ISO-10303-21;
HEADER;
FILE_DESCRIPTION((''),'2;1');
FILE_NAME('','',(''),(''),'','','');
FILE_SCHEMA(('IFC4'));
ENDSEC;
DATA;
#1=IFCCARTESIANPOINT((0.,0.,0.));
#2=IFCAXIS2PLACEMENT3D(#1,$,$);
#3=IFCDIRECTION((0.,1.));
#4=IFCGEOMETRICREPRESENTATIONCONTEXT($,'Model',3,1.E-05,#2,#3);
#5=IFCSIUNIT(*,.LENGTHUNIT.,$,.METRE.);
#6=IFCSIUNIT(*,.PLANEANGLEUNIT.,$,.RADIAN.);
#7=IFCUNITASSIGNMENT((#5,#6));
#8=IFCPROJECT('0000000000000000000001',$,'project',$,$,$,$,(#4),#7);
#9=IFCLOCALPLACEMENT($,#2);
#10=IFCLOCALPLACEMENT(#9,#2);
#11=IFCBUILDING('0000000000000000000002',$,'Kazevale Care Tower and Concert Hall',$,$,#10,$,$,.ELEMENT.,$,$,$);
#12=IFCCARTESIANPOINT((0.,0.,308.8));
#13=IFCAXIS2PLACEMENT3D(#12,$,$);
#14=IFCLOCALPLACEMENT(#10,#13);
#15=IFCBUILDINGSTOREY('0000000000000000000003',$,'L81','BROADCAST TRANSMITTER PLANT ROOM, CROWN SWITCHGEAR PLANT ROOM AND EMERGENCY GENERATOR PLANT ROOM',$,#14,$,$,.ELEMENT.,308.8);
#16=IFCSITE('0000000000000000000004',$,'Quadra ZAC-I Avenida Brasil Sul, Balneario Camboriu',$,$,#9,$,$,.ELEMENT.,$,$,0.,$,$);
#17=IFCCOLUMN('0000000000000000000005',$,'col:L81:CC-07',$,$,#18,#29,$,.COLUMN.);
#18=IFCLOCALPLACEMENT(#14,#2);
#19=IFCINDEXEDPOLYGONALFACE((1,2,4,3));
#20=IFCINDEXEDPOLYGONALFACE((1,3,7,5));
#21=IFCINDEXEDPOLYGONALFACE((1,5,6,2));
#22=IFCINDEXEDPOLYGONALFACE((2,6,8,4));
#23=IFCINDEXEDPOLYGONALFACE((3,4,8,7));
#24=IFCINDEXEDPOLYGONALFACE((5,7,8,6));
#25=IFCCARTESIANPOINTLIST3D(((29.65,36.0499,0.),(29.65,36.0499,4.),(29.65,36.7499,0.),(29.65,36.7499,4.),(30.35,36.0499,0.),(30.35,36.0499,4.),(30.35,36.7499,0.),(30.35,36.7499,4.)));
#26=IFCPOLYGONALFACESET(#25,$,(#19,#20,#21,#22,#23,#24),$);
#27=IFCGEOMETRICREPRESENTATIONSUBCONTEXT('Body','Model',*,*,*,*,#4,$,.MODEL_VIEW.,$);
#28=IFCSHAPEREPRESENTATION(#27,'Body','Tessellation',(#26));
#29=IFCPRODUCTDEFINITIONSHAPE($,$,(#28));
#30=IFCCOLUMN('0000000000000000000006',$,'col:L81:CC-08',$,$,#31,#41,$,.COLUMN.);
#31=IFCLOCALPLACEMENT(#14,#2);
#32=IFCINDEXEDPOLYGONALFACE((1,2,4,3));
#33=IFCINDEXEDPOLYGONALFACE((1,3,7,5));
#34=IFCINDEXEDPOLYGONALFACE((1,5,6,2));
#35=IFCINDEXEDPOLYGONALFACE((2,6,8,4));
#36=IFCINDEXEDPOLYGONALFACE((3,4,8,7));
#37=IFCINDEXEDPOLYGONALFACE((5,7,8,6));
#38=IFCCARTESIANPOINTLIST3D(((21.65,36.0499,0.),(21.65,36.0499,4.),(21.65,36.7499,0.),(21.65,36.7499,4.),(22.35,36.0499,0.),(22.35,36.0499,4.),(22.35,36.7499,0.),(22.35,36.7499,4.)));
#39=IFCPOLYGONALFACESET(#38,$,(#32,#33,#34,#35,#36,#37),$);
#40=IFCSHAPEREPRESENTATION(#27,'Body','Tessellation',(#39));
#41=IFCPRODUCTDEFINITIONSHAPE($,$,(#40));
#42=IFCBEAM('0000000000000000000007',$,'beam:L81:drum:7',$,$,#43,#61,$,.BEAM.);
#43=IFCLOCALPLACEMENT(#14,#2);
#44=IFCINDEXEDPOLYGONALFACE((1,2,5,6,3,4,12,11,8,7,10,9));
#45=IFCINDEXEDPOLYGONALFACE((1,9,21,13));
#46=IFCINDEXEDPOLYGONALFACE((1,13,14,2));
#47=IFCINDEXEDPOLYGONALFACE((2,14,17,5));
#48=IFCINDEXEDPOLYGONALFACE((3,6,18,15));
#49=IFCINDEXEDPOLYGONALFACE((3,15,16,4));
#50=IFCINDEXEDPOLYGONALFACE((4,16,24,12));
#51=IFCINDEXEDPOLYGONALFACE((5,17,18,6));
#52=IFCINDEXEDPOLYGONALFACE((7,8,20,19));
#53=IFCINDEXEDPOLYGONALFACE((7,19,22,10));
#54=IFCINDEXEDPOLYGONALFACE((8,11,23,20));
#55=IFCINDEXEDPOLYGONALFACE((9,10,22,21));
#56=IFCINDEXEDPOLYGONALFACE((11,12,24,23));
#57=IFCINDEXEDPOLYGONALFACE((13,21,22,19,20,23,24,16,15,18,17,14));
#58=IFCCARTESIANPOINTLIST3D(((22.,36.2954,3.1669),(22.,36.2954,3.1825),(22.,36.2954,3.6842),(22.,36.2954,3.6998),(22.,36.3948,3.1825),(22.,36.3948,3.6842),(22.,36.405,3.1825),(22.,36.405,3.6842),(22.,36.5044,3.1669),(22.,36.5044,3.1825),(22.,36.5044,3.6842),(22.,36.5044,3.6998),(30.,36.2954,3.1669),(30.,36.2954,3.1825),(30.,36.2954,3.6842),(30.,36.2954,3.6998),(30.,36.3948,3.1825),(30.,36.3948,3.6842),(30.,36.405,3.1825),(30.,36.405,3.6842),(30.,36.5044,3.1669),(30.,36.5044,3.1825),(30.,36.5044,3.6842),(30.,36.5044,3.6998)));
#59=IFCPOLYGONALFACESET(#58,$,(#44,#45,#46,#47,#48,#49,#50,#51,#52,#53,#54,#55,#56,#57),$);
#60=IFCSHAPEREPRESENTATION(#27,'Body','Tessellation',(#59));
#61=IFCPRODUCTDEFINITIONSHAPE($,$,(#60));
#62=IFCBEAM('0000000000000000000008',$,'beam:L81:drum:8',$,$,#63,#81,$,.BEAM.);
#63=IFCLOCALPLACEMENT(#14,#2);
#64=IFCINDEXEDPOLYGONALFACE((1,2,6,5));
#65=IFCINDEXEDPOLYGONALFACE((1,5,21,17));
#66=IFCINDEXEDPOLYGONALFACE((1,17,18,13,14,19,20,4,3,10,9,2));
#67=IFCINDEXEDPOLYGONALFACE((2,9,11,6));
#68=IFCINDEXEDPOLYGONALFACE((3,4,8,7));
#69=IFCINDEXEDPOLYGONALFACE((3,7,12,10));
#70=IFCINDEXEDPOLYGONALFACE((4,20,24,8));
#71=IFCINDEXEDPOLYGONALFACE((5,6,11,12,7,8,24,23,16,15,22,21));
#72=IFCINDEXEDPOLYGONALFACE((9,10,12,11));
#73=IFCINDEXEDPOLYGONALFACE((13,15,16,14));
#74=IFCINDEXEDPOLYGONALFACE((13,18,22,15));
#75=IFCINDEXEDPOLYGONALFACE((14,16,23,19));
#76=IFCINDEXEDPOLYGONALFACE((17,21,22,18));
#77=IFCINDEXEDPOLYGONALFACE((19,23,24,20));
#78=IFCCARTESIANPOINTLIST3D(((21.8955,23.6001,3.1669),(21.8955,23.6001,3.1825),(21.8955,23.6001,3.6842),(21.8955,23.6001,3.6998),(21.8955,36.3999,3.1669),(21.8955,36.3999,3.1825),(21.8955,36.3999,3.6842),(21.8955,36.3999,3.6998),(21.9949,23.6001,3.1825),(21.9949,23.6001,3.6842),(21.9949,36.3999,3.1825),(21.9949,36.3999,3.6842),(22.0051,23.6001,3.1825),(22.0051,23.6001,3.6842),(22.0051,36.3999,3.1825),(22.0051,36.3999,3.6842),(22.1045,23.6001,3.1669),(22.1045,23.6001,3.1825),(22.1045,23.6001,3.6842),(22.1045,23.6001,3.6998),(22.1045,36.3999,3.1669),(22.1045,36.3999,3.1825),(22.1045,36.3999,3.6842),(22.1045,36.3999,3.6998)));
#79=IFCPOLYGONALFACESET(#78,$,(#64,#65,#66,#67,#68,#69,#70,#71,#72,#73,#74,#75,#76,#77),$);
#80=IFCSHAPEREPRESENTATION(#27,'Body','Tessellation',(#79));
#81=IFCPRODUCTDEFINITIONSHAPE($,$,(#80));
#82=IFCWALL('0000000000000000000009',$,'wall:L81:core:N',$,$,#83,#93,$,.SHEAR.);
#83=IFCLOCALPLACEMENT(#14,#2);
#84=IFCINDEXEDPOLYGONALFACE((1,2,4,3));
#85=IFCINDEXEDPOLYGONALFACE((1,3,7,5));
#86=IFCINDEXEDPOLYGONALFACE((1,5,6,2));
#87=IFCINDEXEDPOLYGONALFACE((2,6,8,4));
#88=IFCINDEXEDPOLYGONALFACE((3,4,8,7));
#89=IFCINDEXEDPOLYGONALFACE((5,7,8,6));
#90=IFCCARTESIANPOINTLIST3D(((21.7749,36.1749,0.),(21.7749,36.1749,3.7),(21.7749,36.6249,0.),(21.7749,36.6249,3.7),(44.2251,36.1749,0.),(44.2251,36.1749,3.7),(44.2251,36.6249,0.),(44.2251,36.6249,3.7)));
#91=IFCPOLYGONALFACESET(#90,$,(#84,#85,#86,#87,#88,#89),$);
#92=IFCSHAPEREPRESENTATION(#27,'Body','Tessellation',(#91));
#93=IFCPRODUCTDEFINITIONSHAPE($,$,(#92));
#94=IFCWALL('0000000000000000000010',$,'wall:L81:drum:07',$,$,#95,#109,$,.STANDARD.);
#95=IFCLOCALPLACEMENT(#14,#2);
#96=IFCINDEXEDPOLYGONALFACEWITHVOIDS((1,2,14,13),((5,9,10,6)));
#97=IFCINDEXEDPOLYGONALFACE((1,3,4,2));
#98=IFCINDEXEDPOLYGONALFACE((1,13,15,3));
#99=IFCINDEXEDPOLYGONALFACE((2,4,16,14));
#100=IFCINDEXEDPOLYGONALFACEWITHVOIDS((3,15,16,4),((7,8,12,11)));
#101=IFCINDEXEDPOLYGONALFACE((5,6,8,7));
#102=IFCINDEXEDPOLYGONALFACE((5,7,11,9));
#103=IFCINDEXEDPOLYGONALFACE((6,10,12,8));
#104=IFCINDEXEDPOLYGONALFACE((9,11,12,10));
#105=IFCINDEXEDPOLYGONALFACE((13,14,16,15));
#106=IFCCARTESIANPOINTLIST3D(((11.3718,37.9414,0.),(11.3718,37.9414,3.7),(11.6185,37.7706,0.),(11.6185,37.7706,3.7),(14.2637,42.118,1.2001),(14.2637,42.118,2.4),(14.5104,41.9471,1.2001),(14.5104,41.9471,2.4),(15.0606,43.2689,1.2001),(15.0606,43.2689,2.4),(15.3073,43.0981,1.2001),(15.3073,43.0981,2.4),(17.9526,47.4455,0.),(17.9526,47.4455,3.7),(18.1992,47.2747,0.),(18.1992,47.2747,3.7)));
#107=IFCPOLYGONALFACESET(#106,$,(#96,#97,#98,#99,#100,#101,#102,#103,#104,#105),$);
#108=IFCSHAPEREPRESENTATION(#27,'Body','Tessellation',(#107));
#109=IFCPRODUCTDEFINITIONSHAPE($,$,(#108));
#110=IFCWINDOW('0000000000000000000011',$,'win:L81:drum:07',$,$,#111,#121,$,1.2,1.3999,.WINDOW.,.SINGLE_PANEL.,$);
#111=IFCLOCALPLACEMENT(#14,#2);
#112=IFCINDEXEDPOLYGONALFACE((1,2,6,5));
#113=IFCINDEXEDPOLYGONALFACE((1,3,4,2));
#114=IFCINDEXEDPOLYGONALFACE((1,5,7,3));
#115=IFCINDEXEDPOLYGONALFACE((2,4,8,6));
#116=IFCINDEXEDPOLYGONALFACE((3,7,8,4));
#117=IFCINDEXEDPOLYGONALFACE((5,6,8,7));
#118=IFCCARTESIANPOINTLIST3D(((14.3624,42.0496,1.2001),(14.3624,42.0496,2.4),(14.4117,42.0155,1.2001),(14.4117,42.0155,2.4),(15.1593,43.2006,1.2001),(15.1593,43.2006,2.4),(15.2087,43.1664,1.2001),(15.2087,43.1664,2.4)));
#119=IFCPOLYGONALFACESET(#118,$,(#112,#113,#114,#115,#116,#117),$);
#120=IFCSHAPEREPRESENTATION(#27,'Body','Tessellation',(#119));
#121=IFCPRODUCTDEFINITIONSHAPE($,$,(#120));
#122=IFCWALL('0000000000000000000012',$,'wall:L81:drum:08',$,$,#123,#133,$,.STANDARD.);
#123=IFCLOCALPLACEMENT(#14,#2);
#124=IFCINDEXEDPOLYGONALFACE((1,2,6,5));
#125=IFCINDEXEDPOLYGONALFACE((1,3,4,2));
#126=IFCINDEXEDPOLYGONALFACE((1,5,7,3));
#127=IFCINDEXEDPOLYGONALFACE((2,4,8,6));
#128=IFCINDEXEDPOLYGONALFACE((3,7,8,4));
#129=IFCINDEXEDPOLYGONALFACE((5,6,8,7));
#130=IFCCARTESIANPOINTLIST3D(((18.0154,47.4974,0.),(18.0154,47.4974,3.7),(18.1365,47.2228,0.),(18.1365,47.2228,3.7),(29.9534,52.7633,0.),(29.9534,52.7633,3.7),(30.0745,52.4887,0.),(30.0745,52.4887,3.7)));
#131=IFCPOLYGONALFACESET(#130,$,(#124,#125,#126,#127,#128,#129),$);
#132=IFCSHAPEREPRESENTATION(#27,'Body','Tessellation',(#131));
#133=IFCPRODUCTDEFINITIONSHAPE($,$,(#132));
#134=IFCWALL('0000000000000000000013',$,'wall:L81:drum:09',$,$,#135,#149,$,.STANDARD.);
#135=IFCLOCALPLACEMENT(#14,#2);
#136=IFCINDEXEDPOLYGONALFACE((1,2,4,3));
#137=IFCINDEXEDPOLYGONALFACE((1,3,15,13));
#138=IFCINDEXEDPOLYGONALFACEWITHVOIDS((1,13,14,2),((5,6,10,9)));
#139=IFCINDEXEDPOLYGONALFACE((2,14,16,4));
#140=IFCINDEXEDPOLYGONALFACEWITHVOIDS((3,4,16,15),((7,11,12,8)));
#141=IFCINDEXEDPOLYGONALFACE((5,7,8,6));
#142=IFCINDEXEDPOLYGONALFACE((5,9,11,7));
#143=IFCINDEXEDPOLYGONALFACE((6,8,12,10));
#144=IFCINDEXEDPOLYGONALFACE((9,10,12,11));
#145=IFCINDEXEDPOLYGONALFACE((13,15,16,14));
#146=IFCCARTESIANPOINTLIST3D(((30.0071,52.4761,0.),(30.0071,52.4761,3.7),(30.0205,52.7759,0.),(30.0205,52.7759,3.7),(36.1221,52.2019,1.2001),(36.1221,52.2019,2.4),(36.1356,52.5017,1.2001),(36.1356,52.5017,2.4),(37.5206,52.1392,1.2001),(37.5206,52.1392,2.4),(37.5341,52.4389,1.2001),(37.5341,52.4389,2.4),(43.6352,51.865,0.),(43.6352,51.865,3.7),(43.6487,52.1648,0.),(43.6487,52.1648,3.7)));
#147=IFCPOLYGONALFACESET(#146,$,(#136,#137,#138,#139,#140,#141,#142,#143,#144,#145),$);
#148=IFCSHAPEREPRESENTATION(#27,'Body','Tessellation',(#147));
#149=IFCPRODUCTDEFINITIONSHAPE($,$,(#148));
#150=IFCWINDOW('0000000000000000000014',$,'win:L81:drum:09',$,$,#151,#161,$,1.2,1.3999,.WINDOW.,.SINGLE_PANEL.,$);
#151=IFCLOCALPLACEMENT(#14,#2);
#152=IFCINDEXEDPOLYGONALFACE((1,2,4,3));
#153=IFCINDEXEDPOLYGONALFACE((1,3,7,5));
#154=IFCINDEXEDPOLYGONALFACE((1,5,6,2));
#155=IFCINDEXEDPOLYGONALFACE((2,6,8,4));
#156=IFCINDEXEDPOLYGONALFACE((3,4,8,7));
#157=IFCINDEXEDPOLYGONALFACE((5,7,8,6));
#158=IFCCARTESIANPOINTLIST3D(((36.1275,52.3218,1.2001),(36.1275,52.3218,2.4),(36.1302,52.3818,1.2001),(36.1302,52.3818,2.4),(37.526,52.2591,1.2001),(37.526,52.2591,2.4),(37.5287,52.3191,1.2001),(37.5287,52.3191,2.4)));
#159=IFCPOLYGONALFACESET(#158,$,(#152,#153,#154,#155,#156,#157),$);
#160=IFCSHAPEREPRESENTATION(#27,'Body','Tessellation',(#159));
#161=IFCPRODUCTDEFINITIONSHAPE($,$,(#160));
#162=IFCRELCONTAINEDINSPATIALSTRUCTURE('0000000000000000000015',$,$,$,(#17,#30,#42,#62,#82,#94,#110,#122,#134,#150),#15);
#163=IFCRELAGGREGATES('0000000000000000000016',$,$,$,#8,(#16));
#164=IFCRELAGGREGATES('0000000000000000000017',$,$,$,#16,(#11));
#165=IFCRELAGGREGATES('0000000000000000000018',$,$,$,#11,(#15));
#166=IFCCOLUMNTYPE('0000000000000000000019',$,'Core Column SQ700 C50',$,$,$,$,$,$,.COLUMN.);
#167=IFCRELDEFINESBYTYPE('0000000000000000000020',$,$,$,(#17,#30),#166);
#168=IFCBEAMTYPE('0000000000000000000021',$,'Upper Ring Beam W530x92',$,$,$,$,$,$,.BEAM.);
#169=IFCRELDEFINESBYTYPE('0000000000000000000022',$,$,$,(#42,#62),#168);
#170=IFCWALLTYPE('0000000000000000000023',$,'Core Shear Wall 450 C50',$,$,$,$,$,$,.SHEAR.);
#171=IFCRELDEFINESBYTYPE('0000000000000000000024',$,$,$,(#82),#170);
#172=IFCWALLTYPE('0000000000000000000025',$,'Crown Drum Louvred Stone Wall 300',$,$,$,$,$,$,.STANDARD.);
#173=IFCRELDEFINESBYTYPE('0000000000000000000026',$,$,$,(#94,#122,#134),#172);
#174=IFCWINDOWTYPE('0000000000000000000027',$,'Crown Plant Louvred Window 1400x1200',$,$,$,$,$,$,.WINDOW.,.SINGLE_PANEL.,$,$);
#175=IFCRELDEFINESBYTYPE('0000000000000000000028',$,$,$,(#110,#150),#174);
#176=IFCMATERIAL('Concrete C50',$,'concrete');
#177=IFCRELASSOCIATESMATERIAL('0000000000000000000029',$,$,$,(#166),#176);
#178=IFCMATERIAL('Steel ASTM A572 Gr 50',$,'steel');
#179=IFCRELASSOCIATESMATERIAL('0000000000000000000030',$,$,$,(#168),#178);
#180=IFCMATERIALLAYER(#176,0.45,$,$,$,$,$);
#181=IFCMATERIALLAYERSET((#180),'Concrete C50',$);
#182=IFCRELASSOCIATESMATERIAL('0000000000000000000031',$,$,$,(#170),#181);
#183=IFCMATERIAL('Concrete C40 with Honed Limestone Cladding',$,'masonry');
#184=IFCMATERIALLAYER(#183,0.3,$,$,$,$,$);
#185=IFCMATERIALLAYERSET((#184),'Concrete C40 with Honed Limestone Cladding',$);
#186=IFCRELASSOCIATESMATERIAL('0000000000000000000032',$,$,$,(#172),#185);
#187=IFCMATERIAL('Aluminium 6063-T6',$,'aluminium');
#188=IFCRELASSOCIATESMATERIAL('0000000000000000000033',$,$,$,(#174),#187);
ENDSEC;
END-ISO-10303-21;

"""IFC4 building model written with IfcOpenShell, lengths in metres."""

from ifc_helpers import new_model, si_unit, direction, frame, frame_2d, origin, origin_2d, place, context, subcontext, project, spatial, rectangle, i_section, extrude, material, layer, layer_set, material_profile, profile_set, type_object, element, fill, save


model = new_model("IFC4")

# Units and contexts
model_context = context("Model", 3, precision=1e-05, world=origin(), true_north=direction((0.0, 1.0)))
body_context = subcontext(model_context, "Body", "Model", "MODEL_VIEW")
ifc_project = project(units=[si_unit("LENGTHUNIT", "METRE"), si_unit("PLANEANGLEUNIT", "RADIAN")], contexts=[model_context])

# Site, building, storey
site_placement = place(None, origin())
site = spatial("IfcSite", under=ifc_project, at=site_placement, Name="Quadra ZAC-I Avenida Brasil Sul, Balneario Camboriu", CompositionType="ELEMENT", RefElevation=0.0)
building_placement = place(site_placement, origin())
building = spatial("IfcBuilding", under=site, at=building_placement, Name="Kazevale Care Tower and Concert Hall", CompositionType="ELEMENT")
storey_placement = place(building_placement, frame((0.0, 0.0, 308.8)))
storey = spatial("IfcBuildingStorey", under=building, at=storey_placement, Name="L81", Description="BROADCAST TRANSMITTER PLANT ROOM, CROWN SWITCHGEAR PLANT ROOM AND EMERGENCY GENERATOR PLANT ROOM", CompositionType="ELEMENT", Elevation=308.8)

# Columns
ifc_material_1 = material(Name="Concrete C50", Category="concrete")
ifc_material_profile_1 = material_profile(ifc_material_1, rectangle(XDim=0.7, YDim=0.7, at=origin_2d()), Name="RC-SQ700")
ifc_profile_set_1 = profile_set([ifc_material_profile_1], Name="Concrete C50")
column_type = type_object("IfcColumnType", Name="Core Column SQ700 C50", PredefinedType="COLUMN", material=ifc_profile_set_1)
for number, where, z_axis, x_axis, name in (
    (1, (30.0, 36.3999, 0.0), (0.0, 0.0, 1.0), (1.0, 0.0, 0.0), "col:L81:CC-07"),
    (2, (22.0, 36.3999, 0.0), (0.0, 0.0, 1.0), (1.0, 0.0, 0.0), "col:L81:CC-08"),
):
    element("IfcColumn", number, at=place(storey_placement, frame(where, z_axis=z_axis, x_axis=x_axis)), inside=storey, type_object=column_type, Name=name, PredefinedType="COLUMN", context=body_context, shape_type="SweptSolid", body=[
        extrude(rectangle(XDim=0.7, YDim=0.7, at=origin_2d()), origin(), (0.0, 0.0, 1.0), 4.0),
    ])

# Beams
ifc_material_2 = material(Name="Steel ASTM A572 Gr 50", Category="steel")
ifc_material_profile_2 = material_profile(ifc_material_2, i_section(OverallWidth=0.209, OverallDepth=0.533, WebThickness=0.0103, FlangeThickness=0.0156, at=origin_2d()), Name="W530x92")
ifc_profile_set_2 = profile_set([ifc_material_profile_2], Name="Steel ASTM A572 Gr 50")
beam_type = type_object("IfcBeamType", Name="Upper Ring Beam W530x92", PredefinedType="BEAM", material=ifc_profile_set_2)
beam_1_placement = place(storey_placement, frame((30.0, 36.3999, 3.4333), z_axis=(-1.0, 0.0, 0.0), x_axis=(0.0, -1.0, 0.0)))
element("IfcBeam", 3, at=beam_1_placement, inside=storey, type_object=beam_type, Name="beam:L81:drum:7", PredefinedType="BEAM", context=body_context, shape_type="SweptSolid", body=[
    extrude(i_section(OverallWidth=0.209, OverallDepth=0.533, WebThickness=0.0103, FlangeThickness=0.0156, at=origin_2d()), origin(), (0.0, 0.0, 1.0), 8.0),
])
beam_2_placement = place(storey_placement, frame((22.0, 36.3999, 3.4333), z_axis=(0.0, -1.0, 0.0), x_axis=(1.0, 0.0, 0.0)))
element("IfcBeam", 4, at=beam_2_placement, inside=storey, type_object=beam_type, Name="beam:L81:drum:8", PredefinedType="BEAM", context=body_context, shape_type="SweptSolid", body=[
    extrude(i_section(OverallWidth=0.209, OverallDepth=0.533, WebThickness=0.0103, FlangeThickness=0.0156, at=origin_2d()), origin(), (0.0, 0.0, 1.0), 12.7998),
])

# Wall
ifc_layer_1 = layer(ifc_material_1, 0.45)
ifc_layer_set_1 = layer_set([ifc_layer_1], Name="Concrete C50")
wall_type_1 = type_object("IfcWallType", Name="Core Shear Wall 450 C50", PredefinedType="SHEAR", material=ifc_layer_set_1)
wall_1_placement = place(storey_placement, frame((21.7749, 36.3999, 0.0), z_axis=(0.0, 0.0, 1.0), x_axis=(1.0, 0.0, 0.0)))
element("IfcWall", 5, at=wall_1_placement, inside=storey, type_object=wall_type_1, Name="wall:L81:core:N", PredefinedType="SHEAR", context=body_context, shape_type="SweptSolid", body=[
    extrude(rectangle(XDim=22.4502, YDim=0.45, at=frame_2d((11.2251, 0.0))), origin(), (0.0, 0.0, 1.0), 3.7),
])

# Wall, opening, window
ifc_material_3 = material(Name="Concrete C40 with Honed Limestone Cladding", Category="masonry")
ifc_layer_2 = layer(ifc_material_3, 0.3)
ifc_layer_set_2 = layer_set([ifc_layer_2], Name="Concrete C40 with Honed Limestone Cladding")
wall_type_2 = type_object("IfcWallType", Name="Crown Drum Louvred Stone Wall 300", PredefinedType="STANDARD", material=ifc_layer_set_2)
wall_2_placement = place(storey_placement, frame((11.4951, 37.856, 0.0), z_axis=(0.0, 0.0, 1.0), x_axis=(0.569269, 0.822151, 0.0)))
wall_2 = element("IfcWall", 6, at=wall_2_placement, inside=storey, type_object=wall_type_2, Name="wall:L81:drum:07", PredefinedType="STANDARD", context=body_context, shape_type="SweptSolid", body=[
    extrude(rectangle(XDim=11.5601, YDim=0.3, at=frame_2d((5.78, 0.0))), origin(), (0.0, 0.0, 1.0), 3.7),
])
opening_1_placement = place(wall_2_placement, frame((5.0801, 0.0, 1.2)))
opening_1 = element("IfcOpeningElement", 7, at=opening_1_placement, cuts=wall_2, PredefinedType="OPENING", context=body_context, shape_type="SweptSolid", body=[
    extrude(rectangle(XDim=1.3999, YDim=1.2, at=frame_2d((0.7, 0.6001))), frame((0.0, 0.1599, 0.0), z_axis=(0.0, -1.0, 0.0), x_axis=(1.0, 0.0, 0.0)), (0.0, 0.0, 1.0), 0.3201),
])
ifc_material_4 = material(Name="Aluminium 6063-T6", Category="aluminium")
window_type = type_object("IfcWindowType", Name="Crown Plant Louvred Window 1400x1200", PartitioningType="SINGLE_PANEL", PredefinedType="WINDOW", material=ifc_material_4)
window_1_placement = place(opening_1_placement, origin())
window_1 = element("IfcWindow", 8, at=window_1_placement, inside=storey, type_object=window_type, Name="win:L81:drum:07", OverallHeight=1.2, OverallWidth=1.3999, PartitioningType="SINGLE_PANEL", PredefinedType="WINDOW", context=body_context, shape_type="SweptSolid", body=[
    extrude(rectangle(XDim=1.3999, YDim=1.2, at=frame_2d((0.7, 0.6001))), frame((0.0, 0.03, 0.0), z_axis=(0.0, -1.0, 0.0), x_axis=(1.0, 0.0, 0.0)), (0.0, 0.0, 1.0), 0.0601),
])
fill(opening_1, window_1)

# Wall
wall_3_placement = place(storey_placement, frame((18.0759, 47.3601, 0.0), z_axis=(0.0, 0.0, 1.0), x_axis=(0.914943, 0.403583, 0.0)))
element("IfcWall", 9, at=wall_3_placement, inside=storey, type_object=wall_type_2, Name="wall:L81:drum:08", PredefinedType="STANDARD", context=body_context, shape_type="SweptSolid", body=[
    extrude(rectangle(XDim=13.0479, YDim=0.3, at=frame_2d((6.5239, 0.0))), origin(), (0.0, 0.0, 1.0), 3.7),
])

# Wall, opening, window
wall_4_placement = place(storey_placement, frame((30.0139, 52.626, 0.0), z_axis=(0.0, 0.0, 1.0), x_axis=(0.998996, -0.044795, 0.0)))
wall_4 = element("IfcWall", 10, at=wall_4_placement, inside=storey, type_object=wall_type_2, Name="wall:L81:drum:09", PredefinedType="STANDARD", context=body_context, shape_type="SweptSolid", body=[
    extrude(rectangle(XDim=13.6418, YDim=0.3, at=frame_2d((6.8208, 0.0))), origin(), (0.0, 0.0, 1.0), 3.7),
])
opening_2_placement = place(wall_4_placement, frame((6.1211, 0.0, 1.2)))
opening_2 = element("IfcOpeningElement", 11, at=opening_2_placement, cuts=wall_4, PredefinedType="OPENING", context=body_context, shape_type="SweptSolid", body=[
    extrude(rectangle(XDim=1.3999, YDim=1.2, at=frame_2d((0.7, 0.6001))), frame((0.0, 0.1599, 0.0), z_axis=(0.0, -1.0, 0.0), x_axis=(1.0, 0.0, 0.0)), (0.0, 0.0, 1.0), 0.3201),
])
window_2_placement = place(opening_2_placement, origin())
window_2 = element("IfcWindow", 12, at=window_2_placement, inside=storey, type_object=window_type, Name="win:L81:drum:09", OverallHeight=1.2, OverallWidth=1.3999, PartitioningType="SINGLE_PANEL", PredefinedType="WINDOW", context=body_context, shape_type="SweptSolid", body=[
    extrude(rectangle(XDim=1.3999, YDim=1.2, at=frame_2d((0.7, 0.6001))), frame((0.0, 0.03, 0.0), z_axis=(0.0, -1.0, 0.0), x_axis=(1.0, 0.0, 0.0)), (0.0, 0.0, 1.0), 0.0601),
])
fill(opening_2, window_2)

save(model, "model.ifc")
